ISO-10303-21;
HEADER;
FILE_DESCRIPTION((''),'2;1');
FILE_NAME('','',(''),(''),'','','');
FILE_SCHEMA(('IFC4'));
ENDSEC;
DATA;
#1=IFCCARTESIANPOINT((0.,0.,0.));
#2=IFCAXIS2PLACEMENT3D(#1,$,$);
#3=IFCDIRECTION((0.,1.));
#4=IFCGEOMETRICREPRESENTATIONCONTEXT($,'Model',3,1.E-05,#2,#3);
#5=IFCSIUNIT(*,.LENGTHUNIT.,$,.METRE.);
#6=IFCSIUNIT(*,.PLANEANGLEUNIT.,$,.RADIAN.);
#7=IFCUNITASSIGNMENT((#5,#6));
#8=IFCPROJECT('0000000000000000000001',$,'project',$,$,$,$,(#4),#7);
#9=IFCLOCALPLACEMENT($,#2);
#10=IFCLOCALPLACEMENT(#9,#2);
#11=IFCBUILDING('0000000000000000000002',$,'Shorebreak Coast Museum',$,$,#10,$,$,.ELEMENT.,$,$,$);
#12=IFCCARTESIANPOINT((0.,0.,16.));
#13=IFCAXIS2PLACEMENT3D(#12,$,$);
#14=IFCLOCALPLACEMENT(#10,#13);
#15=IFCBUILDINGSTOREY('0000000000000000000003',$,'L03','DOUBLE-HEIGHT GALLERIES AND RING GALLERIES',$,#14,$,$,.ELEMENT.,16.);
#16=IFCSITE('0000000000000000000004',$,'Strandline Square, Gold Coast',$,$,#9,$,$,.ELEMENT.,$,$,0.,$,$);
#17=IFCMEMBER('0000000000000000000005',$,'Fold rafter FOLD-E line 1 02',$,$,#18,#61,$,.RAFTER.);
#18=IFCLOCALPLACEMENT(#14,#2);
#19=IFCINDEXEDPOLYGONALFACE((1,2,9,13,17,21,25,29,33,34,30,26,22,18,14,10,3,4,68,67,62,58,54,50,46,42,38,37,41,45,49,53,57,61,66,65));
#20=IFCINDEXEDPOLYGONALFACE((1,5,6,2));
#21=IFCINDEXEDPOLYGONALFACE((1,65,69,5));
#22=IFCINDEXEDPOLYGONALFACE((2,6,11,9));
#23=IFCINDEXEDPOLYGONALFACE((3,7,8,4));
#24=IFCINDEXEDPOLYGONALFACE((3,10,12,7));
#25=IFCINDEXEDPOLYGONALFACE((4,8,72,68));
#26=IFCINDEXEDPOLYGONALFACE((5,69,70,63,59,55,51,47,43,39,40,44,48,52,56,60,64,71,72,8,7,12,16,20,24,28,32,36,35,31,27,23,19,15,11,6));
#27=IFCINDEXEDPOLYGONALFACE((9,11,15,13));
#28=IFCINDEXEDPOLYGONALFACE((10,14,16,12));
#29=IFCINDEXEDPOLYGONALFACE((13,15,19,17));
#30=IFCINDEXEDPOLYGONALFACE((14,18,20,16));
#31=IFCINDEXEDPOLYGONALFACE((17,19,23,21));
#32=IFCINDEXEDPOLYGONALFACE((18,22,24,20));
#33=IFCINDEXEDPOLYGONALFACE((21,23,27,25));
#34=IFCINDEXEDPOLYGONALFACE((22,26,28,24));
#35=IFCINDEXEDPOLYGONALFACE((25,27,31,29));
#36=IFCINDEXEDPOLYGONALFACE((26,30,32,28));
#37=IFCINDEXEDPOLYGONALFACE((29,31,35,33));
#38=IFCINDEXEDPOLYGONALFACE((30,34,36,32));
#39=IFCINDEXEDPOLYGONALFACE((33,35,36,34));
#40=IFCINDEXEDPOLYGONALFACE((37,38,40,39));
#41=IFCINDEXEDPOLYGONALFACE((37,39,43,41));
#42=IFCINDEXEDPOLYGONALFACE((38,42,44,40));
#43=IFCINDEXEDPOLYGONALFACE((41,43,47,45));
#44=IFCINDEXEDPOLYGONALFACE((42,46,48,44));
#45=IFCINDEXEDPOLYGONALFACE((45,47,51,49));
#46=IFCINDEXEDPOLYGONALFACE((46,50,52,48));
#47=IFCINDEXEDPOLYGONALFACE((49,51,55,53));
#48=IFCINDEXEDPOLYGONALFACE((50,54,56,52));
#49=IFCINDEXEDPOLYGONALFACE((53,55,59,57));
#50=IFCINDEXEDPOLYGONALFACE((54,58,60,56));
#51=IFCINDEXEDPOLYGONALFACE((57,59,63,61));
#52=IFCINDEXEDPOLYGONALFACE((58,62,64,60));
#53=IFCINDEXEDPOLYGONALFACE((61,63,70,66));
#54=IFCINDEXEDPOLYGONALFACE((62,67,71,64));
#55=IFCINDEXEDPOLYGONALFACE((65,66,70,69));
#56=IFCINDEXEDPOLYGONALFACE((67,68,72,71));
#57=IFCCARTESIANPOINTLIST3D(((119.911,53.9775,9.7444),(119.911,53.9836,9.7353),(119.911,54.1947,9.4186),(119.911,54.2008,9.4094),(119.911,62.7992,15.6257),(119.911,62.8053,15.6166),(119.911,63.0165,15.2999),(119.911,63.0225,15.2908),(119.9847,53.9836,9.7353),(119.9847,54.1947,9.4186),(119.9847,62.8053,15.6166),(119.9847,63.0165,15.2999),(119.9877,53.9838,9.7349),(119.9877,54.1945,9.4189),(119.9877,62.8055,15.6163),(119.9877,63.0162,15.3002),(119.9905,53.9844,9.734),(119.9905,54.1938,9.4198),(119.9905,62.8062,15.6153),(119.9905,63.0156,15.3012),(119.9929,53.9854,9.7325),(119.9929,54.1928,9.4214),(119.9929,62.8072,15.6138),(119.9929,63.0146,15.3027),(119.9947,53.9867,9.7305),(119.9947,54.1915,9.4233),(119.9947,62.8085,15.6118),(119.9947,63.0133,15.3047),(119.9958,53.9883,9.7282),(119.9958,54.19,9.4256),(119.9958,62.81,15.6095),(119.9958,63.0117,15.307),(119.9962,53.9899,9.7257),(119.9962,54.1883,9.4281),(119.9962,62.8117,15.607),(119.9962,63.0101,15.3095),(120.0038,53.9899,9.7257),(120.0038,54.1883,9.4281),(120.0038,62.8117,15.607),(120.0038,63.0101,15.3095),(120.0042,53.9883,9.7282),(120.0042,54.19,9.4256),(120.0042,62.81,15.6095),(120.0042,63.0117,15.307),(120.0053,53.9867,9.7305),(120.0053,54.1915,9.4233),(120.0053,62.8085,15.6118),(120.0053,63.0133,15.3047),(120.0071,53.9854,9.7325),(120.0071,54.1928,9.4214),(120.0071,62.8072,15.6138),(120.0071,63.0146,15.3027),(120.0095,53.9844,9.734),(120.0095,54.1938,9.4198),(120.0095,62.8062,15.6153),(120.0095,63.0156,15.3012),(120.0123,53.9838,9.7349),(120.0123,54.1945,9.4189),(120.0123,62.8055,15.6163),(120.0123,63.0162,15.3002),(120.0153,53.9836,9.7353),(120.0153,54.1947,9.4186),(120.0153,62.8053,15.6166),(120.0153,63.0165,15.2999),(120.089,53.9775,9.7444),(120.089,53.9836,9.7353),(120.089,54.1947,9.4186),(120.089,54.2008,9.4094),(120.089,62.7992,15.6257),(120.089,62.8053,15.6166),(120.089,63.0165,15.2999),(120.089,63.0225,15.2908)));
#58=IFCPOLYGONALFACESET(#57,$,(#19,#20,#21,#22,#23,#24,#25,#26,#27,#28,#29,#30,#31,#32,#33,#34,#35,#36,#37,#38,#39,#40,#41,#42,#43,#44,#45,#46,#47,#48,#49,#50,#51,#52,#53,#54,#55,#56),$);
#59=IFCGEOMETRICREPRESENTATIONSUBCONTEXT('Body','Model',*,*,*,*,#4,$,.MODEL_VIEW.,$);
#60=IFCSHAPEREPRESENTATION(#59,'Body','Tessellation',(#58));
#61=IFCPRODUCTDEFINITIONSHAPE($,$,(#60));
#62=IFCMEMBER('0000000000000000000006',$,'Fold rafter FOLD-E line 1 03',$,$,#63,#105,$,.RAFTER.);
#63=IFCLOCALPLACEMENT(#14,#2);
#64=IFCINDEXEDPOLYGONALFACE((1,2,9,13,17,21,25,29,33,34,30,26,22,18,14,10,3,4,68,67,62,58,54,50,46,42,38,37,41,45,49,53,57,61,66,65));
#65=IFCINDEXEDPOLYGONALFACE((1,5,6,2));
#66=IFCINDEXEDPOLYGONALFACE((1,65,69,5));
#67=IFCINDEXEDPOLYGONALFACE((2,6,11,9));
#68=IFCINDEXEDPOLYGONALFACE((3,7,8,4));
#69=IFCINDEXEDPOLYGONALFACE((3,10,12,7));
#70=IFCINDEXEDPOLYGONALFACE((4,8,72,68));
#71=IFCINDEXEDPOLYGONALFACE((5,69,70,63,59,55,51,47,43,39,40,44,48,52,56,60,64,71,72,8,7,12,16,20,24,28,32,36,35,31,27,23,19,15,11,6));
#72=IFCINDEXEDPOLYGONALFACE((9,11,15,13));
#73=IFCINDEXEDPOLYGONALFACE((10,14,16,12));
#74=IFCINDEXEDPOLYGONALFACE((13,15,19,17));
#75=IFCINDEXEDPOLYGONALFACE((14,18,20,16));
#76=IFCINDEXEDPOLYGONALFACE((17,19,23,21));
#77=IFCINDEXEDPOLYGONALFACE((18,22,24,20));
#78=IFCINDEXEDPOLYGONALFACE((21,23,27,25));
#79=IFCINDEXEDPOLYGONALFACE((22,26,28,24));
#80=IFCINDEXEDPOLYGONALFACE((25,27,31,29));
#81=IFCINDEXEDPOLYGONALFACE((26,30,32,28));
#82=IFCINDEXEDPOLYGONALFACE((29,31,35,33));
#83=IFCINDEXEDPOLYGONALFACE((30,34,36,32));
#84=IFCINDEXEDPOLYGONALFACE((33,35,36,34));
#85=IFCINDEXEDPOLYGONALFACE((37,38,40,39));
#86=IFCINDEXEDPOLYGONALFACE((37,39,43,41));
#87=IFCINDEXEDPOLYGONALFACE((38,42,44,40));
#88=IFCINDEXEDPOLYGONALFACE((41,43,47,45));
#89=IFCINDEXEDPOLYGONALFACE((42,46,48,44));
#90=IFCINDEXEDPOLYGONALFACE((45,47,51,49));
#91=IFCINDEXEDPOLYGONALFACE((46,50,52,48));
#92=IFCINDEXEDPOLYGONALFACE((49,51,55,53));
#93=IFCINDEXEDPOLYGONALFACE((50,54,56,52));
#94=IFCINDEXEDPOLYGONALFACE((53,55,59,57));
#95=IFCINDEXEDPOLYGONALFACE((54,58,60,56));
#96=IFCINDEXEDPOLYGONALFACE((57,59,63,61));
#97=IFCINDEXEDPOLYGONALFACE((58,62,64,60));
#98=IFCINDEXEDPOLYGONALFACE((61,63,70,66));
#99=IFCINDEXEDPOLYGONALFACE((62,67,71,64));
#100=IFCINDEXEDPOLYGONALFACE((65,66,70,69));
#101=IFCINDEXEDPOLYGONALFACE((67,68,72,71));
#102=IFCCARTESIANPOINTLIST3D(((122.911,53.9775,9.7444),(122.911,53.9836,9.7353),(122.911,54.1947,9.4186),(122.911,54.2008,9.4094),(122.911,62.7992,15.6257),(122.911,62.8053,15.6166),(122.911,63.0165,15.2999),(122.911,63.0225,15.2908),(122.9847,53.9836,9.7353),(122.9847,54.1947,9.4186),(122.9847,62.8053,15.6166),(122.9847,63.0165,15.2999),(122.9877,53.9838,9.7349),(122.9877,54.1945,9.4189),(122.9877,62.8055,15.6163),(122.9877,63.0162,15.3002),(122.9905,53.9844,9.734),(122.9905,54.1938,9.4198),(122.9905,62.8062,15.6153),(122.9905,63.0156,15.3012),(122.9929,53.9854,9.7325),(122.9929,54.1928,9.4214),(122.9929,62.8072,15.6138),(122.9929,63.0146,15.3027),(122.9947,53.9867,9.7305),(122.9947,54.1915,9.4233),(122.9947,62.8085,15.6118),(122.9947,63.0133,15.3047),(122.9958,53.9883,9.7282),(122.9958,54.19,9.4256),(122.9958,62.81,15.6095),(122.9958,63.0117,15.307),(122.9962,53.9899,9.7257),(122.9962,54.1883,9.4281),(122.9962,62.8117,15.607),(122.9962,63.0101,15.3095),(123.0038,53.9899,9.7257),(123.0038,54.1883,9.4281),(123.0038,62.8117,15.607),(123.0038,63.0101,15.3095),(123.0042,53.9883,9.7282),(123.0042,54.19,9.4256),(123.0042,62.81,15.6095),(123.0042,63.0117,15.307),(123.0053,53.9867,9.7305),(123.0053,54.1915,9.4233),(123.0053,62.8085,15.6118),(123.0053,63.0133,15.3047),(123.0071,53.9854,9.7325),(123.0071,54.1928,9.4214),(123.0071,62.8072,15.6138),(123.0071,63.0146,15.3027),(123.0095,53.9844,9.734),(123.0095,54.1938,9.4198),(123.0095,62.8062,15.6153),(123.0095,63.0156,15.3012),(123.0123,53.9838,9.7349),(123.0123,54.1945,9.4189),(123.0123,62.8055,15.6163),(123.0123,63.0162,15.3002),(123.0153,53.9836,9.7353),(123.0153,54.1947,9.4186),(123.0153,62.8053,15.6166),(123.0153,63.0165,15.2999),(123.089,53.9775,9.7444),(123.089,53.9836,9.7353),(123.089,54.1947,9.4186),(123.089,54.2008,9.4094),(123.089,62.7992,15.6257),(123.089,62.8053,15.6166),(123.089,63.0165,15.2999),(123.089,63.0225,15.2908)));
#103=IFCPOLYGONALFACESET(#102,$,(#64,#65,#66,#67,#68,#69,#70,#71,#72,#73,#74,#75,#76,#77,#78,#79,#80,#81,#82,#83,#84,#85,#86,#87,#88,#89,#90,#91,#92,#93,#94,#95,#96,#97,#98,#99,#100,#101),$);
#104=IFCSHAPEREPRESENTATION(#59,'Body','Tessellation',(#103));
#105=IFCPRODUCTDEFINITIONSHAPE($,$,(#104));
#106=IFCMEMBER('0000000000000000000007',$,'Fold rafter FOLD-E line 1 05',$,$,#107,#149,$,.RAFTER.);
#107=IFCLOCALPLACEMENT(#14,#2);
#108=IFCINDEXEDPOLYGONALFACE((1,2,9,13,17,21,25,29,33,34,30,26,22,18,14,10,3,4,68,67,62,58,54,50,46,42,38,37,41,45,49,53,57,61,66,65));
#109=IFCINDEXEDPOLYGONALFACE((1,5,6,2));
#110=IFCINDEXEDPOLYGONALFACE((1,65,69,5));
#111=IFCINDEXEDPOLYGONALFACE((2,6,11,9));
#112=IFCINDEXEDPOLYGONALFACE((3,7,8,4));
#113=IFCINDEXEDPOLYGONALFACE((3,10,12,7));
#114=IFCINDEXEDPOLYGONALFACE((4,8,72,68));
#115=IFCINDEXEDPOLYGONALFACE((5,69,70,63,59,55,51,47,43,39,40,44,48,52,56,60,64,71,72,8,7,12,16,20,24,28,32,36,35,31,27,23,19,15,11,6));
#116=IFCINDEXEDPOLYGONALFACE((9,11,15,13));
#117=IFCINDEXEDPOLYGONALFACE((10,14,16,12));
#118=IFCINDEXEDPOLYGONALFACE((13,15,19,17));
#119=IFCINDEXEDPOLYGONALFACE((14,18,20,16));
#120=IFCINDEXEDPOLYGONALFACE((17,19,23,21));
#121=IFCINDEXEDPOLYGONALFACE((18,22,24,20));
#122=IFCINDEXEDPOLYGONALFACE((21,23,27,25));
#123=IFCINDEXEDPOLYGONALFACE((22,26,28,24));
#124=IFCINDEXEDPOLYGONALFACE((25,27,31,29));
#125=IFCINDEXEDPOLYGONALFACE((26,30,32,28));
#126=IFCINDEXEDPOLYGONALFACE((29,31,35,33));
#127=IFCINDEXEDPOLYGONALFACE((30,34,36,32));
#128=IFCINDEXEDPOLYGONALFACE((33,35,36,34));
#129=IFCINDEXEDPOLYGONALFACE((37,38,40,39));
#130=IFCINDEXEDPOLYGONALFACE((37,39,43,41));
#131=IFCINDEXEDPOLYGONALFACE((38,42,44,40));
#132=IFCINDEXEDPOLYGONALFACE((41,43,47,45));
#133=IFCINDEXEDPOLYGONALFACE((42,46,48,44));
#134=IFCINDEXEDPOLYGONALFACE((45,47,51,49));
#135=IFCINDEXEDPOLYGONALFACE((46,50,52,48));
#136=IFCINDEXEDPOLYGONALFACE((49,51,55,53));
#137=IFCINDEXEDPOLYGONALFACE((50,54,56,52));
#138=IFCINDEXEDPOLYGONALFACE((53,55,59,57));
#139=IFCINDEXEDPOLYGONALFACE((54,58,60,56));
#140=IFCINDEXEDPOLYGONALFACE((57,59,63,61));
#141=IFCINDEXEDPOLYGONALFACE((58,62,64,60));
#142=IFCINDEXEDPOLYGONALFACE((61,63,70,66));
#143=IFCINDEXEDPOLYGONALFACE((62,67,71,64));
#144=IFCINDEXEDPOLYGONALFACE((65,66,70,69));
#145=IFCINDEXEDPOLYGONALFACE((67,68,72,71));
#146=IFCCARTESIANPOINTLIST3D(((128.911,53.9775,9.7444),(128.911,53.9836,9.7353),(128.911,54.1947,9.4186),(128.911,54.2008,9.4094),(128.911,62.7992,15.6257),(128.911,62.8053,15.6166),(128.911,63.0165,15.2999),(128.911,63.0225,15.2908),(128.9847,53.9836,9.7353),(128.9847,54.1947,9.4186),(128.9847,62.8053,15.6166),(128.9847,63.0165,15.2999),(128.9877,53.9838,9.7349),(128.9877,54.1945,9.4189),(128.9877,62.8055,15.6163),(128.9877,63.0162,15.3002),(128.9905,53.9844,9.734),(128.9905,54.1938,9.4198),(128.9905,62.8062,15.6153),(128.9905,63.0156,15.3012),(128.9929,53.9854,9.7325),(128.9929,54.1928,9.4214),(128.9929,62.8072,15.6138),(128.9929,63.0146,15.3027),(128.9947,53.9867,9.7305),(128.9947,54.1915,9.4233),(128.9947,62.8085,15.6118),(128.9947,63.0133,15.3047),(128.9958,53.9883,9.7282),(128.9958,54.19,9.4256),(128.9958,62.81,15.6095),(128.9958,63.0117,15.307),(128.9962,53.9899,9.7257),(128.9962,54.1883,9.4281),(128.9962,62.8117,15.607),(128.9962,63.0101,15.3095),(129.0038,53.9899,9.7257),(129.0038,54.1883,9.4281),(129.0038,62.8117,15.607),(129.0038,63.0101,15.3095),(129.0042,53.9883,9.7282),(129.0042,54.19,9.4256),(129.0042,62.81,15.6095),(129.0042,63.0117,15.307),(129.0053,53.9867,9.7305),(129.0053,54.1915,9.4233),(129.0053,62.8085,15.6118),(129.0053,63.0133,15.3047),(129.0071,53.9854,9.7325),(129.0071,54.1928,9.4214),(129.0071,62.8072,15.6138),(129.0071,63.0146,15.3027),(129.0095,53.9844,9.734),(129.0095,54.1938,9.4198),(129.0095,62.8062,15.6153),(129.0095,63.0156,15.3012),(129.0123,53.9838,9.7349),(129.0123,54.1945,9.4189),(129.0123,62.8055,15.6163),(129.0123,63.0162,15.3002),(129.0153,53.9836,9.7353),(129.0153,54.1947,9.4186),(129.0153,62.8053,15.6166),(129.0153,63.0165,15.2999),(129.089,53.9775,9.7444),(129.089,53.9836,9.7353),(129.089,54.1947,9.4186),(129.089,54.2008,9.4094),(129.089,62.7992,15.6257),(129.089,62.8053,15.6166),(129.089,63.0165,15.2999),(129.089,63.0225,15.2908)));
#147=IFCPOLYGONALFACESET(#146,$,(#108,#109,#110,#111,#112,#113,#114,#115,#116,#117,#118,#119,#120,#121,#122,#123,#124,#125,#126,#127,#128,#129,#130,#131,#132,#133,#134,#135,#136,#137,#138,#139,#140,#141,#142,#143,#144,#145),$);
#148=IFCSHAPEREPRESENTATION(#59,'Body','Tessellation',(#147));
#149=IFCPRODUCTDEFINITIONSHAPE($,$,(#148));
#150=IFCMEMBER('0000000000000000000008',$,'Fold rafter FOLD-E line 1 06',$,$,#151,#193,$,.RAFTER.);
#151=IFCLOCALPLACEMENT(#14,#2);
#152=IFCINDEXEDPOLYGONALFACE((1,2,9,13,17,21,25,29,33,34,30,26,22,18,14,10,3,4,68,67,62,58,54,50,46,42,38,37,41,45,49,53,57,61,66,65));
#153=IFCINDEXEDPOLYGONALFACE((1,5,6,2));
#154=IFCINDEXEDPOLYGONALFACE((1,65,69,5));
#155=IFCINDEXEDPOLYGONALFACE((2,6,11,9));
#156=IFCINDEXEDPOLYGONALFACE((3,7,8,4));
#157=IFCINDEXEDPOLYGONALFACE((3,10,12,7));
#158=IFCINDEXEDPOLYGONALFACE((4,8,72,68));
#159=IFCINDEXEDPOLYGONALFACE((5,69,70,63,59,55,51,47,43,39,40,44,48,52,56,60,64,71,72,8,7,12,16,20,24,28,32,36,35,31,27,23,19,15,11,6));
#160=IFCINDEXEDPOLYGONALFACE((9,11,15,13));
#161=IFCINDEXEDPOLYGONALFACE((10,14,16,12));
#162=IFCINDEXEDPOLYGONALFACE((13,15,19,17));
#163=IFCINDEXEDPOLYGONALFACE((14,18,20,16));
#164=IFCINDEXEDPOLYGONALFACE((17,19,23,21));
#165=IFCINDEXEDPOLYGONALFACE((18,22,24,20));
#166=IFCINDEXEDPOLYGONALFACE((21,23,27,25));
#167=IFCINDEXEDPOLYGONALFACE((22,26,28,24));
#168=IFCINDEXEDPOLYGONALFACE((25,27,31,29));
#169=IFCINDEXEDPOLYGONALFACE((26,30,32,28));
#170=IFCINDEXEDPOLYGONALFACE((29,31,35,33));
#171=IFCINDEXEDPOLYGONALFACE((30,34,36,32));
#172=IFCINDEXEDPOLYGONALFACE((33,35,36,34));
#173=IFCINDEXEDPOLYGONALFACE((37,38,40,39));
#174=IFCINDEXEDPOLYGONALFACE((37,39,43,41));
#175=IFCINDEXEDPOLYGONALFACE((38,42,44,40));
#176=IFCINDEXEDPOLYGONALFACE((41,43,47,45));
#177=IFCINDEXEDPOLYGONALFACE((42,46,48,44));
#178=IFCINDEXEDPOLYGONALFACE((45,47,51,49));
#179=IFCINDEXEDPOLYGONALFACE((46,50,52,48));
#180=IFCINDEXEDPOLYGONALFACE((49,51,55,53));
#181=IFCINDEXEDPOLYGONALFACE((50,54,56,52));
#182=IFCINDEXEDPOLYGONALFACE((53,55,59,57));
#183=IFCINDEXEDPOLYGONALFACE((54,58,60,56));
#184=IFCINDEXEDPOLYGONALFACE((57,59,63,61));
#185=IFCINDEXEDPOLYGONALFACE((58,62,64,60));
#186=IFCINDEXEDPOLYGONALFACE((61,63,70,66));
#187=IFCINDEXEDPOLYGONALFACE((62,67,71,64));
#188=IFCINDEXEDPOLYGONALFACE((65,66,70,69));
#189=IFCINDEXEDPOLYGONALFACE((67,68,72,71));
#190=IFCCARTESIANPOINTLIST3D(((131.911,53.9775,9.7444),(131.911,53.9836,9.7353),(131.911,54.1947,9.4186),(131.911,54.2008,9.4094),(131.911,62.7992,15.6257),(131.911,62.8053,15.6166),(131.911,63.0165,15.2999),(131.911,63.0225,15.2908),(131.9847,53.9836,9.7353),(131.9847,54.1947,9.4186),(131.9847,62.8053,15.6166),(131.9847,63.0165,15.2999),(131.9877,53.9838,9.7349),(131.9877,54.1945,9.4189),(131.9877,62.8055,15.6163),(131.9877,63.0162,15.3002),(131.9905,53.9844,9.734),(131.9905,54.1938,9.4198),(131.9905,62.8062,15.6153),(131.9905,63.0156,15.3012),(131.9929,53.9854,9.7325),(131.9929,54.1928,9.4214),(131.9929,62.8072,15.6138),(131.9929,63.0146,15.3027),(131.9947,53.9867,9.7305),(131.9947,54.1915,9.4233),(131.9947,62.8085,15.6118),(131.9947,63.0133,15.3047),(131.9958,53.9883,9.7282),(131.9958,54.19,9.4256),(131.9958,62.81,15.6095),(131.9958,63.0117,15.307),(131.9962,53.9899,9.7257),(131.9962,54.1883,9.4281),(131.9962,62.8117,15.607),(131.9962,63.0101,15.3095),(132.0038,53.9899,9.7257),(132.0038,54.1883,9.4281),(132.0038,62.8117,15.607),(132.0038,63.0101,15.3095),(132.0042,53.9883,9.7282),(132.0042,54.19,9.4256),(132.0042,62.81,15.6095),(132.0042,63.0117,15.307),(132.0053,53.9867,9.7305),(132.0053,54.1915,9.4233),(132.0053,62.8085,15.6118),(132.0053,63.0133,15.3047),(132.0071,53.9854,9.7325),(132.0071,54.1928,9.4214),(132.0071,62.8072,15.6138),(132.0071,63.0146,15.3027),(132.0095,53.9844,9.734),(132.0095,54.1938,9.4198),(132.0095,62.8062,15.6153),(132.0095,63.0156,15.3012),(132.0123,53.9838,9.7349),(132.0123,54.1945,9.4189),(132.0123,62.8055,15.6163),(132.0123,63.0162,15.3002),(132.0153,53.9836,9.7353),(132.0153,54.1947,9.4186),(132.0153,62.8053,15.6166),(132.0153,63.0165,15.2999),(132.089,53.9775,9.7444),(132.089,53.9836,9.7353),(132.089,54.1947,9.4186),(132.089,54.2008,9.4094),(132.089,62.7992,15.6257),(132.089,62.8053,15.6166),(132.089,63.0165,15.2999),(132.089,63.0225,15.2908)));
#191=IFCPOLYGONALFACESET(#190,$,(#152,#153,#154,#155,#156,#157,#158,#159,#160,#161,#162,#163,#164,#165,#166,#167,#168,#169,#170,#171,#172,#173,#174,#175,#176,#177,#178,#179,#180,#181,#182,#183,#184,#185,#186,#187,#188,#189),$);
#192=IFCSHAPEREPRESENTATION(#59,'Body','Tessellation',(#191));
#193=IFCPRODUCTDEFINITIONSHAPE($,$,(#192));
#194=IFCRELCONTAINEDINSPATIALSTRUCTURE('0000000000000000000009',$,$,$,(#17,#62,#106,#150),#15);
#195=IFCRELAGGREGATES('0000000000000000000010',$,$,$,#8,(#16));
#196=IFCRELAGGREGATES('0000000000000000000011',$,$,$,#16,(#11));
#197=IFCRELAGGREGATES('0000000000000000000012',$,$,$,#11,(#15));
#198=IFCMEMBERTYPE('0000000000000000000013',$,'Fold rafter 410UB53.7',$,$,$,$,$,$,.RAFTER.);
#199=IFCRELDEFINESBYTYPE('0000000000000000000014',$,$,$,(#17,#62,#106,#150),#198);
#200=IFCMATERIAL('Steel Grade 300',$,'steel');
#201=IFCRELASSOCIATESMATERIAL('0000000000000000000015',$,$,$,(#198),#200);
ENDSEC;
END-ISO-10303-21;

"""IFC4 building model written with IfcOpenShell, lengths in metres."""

from ifc_helpers import new_model, si_unit, direction, frame, origin, origin_2d, place, context, subcontext, project, spatial, i_section, extrude, material, material_profile, profile_set, type_object, element, save


model = new_model("IFC4")

# Units and contexts
model_context = context("Model", 3, precision=1e-05, world=origin(), true_north=direction((0.0, 1.0)))
body_context = subcontext(model_context, "Body", "Model", "MODEL_VIEW")
ifc_project = project(units=[si_unit("LENGTHUNIT", "METRE"), si_unit("PLANEANGLEUNIT", "RADIAN")], contexts=[model_context])

# Site, building, storey
site_placement = place(None, origin())
site = spatial("IfcSite", under=ifc_project, at=site_placement, Name="Strandline Square, Gold Coast", CompositionType="ELEMENT", RefElevation=0.0)
building_placement = place(site_placement, origin())
building = spatial("IfcBuilding", under=site, at=building_placement, Name="Shorebreak Coast Museum", CompositionType="ELEMENT")
storey_placement = place(building_placement, frame((0.0, 0.0, 16.0)))
storey = spatial("IfcBuildingStorey", under=building, at=storey_placement, Name="L03", Description="DOUBLE-HEIGHT GALLERIES AND RING GALLERIES", CompositionType="ELEMENT", Elevation=16.0)

# Members
ifc_material_1 = material(Name="Steel Grade 300", Category="steel")
ifc_material_profile_1 = material_profile(ifc_material_1, i_section(OverallWidth=0.178, OverallDepth=0.4026, WebThickness=0.0076, FlangeThickness=0.011, FilletRadius=0.0115, at=origin_2d()), Name="410UB53.7")
ifc_profile_set_1 = profile_set([ifc_material_profile_1], Name="Steel Grade 300")
member_type_1 = type_object("IfcMemberType", Name="Fold rafter 410UB53.7", PredefinedType="RAFTER", material=ifc_profile_set_1)
for number, where, z_axis, x_axis, name in (
    (1, (120.0, 62.9109, 15.4583), (0.0, -0.832043, -0.554711), (1.0, 0.0, 0.0), "Fold rafter FOLD-E line 1 02"),
    (2, (123.0, 62.9109, 15.4583), (0.0, -0.832043, -0.554711), (1.0, 0.0, 0.0), "Fold rafter FOLD-E line 1 03"),
    (3, (129.0, 62.9109, 15.4583), (0.0, -0.832043, -0.554711), (1.0, 0.0, 0.0), "Fold rafter FOLD-E line 1 05"),
    (4, (132.0, 62.9109, 15.4583), (0.0, -0.832043, -0.554711), (1.0, 0.0, 0.0), "Fold rafter FOLD-E line 1 06"),
):
    element("IfcMember", number, at=place(storey_placement, frame(where, z_axis=z_axis, x_axis=x_axis)), inside=storey, type_object=member_type_1, Name=name, PredefinedType="RAFTER", context=body_context, shape_type="SweptSolid", body=[
        extrude(i_section(OverallWidth=0.178, OverallDepth=0.4026, WebThickness=0.0076, FlangeThickness=0.011, FilletRadius=0.0115, at=origin_2d()), origin(), (0.0, 0.0, 1.0), 10.6025),
    ])

save(model, "model.ifc")
